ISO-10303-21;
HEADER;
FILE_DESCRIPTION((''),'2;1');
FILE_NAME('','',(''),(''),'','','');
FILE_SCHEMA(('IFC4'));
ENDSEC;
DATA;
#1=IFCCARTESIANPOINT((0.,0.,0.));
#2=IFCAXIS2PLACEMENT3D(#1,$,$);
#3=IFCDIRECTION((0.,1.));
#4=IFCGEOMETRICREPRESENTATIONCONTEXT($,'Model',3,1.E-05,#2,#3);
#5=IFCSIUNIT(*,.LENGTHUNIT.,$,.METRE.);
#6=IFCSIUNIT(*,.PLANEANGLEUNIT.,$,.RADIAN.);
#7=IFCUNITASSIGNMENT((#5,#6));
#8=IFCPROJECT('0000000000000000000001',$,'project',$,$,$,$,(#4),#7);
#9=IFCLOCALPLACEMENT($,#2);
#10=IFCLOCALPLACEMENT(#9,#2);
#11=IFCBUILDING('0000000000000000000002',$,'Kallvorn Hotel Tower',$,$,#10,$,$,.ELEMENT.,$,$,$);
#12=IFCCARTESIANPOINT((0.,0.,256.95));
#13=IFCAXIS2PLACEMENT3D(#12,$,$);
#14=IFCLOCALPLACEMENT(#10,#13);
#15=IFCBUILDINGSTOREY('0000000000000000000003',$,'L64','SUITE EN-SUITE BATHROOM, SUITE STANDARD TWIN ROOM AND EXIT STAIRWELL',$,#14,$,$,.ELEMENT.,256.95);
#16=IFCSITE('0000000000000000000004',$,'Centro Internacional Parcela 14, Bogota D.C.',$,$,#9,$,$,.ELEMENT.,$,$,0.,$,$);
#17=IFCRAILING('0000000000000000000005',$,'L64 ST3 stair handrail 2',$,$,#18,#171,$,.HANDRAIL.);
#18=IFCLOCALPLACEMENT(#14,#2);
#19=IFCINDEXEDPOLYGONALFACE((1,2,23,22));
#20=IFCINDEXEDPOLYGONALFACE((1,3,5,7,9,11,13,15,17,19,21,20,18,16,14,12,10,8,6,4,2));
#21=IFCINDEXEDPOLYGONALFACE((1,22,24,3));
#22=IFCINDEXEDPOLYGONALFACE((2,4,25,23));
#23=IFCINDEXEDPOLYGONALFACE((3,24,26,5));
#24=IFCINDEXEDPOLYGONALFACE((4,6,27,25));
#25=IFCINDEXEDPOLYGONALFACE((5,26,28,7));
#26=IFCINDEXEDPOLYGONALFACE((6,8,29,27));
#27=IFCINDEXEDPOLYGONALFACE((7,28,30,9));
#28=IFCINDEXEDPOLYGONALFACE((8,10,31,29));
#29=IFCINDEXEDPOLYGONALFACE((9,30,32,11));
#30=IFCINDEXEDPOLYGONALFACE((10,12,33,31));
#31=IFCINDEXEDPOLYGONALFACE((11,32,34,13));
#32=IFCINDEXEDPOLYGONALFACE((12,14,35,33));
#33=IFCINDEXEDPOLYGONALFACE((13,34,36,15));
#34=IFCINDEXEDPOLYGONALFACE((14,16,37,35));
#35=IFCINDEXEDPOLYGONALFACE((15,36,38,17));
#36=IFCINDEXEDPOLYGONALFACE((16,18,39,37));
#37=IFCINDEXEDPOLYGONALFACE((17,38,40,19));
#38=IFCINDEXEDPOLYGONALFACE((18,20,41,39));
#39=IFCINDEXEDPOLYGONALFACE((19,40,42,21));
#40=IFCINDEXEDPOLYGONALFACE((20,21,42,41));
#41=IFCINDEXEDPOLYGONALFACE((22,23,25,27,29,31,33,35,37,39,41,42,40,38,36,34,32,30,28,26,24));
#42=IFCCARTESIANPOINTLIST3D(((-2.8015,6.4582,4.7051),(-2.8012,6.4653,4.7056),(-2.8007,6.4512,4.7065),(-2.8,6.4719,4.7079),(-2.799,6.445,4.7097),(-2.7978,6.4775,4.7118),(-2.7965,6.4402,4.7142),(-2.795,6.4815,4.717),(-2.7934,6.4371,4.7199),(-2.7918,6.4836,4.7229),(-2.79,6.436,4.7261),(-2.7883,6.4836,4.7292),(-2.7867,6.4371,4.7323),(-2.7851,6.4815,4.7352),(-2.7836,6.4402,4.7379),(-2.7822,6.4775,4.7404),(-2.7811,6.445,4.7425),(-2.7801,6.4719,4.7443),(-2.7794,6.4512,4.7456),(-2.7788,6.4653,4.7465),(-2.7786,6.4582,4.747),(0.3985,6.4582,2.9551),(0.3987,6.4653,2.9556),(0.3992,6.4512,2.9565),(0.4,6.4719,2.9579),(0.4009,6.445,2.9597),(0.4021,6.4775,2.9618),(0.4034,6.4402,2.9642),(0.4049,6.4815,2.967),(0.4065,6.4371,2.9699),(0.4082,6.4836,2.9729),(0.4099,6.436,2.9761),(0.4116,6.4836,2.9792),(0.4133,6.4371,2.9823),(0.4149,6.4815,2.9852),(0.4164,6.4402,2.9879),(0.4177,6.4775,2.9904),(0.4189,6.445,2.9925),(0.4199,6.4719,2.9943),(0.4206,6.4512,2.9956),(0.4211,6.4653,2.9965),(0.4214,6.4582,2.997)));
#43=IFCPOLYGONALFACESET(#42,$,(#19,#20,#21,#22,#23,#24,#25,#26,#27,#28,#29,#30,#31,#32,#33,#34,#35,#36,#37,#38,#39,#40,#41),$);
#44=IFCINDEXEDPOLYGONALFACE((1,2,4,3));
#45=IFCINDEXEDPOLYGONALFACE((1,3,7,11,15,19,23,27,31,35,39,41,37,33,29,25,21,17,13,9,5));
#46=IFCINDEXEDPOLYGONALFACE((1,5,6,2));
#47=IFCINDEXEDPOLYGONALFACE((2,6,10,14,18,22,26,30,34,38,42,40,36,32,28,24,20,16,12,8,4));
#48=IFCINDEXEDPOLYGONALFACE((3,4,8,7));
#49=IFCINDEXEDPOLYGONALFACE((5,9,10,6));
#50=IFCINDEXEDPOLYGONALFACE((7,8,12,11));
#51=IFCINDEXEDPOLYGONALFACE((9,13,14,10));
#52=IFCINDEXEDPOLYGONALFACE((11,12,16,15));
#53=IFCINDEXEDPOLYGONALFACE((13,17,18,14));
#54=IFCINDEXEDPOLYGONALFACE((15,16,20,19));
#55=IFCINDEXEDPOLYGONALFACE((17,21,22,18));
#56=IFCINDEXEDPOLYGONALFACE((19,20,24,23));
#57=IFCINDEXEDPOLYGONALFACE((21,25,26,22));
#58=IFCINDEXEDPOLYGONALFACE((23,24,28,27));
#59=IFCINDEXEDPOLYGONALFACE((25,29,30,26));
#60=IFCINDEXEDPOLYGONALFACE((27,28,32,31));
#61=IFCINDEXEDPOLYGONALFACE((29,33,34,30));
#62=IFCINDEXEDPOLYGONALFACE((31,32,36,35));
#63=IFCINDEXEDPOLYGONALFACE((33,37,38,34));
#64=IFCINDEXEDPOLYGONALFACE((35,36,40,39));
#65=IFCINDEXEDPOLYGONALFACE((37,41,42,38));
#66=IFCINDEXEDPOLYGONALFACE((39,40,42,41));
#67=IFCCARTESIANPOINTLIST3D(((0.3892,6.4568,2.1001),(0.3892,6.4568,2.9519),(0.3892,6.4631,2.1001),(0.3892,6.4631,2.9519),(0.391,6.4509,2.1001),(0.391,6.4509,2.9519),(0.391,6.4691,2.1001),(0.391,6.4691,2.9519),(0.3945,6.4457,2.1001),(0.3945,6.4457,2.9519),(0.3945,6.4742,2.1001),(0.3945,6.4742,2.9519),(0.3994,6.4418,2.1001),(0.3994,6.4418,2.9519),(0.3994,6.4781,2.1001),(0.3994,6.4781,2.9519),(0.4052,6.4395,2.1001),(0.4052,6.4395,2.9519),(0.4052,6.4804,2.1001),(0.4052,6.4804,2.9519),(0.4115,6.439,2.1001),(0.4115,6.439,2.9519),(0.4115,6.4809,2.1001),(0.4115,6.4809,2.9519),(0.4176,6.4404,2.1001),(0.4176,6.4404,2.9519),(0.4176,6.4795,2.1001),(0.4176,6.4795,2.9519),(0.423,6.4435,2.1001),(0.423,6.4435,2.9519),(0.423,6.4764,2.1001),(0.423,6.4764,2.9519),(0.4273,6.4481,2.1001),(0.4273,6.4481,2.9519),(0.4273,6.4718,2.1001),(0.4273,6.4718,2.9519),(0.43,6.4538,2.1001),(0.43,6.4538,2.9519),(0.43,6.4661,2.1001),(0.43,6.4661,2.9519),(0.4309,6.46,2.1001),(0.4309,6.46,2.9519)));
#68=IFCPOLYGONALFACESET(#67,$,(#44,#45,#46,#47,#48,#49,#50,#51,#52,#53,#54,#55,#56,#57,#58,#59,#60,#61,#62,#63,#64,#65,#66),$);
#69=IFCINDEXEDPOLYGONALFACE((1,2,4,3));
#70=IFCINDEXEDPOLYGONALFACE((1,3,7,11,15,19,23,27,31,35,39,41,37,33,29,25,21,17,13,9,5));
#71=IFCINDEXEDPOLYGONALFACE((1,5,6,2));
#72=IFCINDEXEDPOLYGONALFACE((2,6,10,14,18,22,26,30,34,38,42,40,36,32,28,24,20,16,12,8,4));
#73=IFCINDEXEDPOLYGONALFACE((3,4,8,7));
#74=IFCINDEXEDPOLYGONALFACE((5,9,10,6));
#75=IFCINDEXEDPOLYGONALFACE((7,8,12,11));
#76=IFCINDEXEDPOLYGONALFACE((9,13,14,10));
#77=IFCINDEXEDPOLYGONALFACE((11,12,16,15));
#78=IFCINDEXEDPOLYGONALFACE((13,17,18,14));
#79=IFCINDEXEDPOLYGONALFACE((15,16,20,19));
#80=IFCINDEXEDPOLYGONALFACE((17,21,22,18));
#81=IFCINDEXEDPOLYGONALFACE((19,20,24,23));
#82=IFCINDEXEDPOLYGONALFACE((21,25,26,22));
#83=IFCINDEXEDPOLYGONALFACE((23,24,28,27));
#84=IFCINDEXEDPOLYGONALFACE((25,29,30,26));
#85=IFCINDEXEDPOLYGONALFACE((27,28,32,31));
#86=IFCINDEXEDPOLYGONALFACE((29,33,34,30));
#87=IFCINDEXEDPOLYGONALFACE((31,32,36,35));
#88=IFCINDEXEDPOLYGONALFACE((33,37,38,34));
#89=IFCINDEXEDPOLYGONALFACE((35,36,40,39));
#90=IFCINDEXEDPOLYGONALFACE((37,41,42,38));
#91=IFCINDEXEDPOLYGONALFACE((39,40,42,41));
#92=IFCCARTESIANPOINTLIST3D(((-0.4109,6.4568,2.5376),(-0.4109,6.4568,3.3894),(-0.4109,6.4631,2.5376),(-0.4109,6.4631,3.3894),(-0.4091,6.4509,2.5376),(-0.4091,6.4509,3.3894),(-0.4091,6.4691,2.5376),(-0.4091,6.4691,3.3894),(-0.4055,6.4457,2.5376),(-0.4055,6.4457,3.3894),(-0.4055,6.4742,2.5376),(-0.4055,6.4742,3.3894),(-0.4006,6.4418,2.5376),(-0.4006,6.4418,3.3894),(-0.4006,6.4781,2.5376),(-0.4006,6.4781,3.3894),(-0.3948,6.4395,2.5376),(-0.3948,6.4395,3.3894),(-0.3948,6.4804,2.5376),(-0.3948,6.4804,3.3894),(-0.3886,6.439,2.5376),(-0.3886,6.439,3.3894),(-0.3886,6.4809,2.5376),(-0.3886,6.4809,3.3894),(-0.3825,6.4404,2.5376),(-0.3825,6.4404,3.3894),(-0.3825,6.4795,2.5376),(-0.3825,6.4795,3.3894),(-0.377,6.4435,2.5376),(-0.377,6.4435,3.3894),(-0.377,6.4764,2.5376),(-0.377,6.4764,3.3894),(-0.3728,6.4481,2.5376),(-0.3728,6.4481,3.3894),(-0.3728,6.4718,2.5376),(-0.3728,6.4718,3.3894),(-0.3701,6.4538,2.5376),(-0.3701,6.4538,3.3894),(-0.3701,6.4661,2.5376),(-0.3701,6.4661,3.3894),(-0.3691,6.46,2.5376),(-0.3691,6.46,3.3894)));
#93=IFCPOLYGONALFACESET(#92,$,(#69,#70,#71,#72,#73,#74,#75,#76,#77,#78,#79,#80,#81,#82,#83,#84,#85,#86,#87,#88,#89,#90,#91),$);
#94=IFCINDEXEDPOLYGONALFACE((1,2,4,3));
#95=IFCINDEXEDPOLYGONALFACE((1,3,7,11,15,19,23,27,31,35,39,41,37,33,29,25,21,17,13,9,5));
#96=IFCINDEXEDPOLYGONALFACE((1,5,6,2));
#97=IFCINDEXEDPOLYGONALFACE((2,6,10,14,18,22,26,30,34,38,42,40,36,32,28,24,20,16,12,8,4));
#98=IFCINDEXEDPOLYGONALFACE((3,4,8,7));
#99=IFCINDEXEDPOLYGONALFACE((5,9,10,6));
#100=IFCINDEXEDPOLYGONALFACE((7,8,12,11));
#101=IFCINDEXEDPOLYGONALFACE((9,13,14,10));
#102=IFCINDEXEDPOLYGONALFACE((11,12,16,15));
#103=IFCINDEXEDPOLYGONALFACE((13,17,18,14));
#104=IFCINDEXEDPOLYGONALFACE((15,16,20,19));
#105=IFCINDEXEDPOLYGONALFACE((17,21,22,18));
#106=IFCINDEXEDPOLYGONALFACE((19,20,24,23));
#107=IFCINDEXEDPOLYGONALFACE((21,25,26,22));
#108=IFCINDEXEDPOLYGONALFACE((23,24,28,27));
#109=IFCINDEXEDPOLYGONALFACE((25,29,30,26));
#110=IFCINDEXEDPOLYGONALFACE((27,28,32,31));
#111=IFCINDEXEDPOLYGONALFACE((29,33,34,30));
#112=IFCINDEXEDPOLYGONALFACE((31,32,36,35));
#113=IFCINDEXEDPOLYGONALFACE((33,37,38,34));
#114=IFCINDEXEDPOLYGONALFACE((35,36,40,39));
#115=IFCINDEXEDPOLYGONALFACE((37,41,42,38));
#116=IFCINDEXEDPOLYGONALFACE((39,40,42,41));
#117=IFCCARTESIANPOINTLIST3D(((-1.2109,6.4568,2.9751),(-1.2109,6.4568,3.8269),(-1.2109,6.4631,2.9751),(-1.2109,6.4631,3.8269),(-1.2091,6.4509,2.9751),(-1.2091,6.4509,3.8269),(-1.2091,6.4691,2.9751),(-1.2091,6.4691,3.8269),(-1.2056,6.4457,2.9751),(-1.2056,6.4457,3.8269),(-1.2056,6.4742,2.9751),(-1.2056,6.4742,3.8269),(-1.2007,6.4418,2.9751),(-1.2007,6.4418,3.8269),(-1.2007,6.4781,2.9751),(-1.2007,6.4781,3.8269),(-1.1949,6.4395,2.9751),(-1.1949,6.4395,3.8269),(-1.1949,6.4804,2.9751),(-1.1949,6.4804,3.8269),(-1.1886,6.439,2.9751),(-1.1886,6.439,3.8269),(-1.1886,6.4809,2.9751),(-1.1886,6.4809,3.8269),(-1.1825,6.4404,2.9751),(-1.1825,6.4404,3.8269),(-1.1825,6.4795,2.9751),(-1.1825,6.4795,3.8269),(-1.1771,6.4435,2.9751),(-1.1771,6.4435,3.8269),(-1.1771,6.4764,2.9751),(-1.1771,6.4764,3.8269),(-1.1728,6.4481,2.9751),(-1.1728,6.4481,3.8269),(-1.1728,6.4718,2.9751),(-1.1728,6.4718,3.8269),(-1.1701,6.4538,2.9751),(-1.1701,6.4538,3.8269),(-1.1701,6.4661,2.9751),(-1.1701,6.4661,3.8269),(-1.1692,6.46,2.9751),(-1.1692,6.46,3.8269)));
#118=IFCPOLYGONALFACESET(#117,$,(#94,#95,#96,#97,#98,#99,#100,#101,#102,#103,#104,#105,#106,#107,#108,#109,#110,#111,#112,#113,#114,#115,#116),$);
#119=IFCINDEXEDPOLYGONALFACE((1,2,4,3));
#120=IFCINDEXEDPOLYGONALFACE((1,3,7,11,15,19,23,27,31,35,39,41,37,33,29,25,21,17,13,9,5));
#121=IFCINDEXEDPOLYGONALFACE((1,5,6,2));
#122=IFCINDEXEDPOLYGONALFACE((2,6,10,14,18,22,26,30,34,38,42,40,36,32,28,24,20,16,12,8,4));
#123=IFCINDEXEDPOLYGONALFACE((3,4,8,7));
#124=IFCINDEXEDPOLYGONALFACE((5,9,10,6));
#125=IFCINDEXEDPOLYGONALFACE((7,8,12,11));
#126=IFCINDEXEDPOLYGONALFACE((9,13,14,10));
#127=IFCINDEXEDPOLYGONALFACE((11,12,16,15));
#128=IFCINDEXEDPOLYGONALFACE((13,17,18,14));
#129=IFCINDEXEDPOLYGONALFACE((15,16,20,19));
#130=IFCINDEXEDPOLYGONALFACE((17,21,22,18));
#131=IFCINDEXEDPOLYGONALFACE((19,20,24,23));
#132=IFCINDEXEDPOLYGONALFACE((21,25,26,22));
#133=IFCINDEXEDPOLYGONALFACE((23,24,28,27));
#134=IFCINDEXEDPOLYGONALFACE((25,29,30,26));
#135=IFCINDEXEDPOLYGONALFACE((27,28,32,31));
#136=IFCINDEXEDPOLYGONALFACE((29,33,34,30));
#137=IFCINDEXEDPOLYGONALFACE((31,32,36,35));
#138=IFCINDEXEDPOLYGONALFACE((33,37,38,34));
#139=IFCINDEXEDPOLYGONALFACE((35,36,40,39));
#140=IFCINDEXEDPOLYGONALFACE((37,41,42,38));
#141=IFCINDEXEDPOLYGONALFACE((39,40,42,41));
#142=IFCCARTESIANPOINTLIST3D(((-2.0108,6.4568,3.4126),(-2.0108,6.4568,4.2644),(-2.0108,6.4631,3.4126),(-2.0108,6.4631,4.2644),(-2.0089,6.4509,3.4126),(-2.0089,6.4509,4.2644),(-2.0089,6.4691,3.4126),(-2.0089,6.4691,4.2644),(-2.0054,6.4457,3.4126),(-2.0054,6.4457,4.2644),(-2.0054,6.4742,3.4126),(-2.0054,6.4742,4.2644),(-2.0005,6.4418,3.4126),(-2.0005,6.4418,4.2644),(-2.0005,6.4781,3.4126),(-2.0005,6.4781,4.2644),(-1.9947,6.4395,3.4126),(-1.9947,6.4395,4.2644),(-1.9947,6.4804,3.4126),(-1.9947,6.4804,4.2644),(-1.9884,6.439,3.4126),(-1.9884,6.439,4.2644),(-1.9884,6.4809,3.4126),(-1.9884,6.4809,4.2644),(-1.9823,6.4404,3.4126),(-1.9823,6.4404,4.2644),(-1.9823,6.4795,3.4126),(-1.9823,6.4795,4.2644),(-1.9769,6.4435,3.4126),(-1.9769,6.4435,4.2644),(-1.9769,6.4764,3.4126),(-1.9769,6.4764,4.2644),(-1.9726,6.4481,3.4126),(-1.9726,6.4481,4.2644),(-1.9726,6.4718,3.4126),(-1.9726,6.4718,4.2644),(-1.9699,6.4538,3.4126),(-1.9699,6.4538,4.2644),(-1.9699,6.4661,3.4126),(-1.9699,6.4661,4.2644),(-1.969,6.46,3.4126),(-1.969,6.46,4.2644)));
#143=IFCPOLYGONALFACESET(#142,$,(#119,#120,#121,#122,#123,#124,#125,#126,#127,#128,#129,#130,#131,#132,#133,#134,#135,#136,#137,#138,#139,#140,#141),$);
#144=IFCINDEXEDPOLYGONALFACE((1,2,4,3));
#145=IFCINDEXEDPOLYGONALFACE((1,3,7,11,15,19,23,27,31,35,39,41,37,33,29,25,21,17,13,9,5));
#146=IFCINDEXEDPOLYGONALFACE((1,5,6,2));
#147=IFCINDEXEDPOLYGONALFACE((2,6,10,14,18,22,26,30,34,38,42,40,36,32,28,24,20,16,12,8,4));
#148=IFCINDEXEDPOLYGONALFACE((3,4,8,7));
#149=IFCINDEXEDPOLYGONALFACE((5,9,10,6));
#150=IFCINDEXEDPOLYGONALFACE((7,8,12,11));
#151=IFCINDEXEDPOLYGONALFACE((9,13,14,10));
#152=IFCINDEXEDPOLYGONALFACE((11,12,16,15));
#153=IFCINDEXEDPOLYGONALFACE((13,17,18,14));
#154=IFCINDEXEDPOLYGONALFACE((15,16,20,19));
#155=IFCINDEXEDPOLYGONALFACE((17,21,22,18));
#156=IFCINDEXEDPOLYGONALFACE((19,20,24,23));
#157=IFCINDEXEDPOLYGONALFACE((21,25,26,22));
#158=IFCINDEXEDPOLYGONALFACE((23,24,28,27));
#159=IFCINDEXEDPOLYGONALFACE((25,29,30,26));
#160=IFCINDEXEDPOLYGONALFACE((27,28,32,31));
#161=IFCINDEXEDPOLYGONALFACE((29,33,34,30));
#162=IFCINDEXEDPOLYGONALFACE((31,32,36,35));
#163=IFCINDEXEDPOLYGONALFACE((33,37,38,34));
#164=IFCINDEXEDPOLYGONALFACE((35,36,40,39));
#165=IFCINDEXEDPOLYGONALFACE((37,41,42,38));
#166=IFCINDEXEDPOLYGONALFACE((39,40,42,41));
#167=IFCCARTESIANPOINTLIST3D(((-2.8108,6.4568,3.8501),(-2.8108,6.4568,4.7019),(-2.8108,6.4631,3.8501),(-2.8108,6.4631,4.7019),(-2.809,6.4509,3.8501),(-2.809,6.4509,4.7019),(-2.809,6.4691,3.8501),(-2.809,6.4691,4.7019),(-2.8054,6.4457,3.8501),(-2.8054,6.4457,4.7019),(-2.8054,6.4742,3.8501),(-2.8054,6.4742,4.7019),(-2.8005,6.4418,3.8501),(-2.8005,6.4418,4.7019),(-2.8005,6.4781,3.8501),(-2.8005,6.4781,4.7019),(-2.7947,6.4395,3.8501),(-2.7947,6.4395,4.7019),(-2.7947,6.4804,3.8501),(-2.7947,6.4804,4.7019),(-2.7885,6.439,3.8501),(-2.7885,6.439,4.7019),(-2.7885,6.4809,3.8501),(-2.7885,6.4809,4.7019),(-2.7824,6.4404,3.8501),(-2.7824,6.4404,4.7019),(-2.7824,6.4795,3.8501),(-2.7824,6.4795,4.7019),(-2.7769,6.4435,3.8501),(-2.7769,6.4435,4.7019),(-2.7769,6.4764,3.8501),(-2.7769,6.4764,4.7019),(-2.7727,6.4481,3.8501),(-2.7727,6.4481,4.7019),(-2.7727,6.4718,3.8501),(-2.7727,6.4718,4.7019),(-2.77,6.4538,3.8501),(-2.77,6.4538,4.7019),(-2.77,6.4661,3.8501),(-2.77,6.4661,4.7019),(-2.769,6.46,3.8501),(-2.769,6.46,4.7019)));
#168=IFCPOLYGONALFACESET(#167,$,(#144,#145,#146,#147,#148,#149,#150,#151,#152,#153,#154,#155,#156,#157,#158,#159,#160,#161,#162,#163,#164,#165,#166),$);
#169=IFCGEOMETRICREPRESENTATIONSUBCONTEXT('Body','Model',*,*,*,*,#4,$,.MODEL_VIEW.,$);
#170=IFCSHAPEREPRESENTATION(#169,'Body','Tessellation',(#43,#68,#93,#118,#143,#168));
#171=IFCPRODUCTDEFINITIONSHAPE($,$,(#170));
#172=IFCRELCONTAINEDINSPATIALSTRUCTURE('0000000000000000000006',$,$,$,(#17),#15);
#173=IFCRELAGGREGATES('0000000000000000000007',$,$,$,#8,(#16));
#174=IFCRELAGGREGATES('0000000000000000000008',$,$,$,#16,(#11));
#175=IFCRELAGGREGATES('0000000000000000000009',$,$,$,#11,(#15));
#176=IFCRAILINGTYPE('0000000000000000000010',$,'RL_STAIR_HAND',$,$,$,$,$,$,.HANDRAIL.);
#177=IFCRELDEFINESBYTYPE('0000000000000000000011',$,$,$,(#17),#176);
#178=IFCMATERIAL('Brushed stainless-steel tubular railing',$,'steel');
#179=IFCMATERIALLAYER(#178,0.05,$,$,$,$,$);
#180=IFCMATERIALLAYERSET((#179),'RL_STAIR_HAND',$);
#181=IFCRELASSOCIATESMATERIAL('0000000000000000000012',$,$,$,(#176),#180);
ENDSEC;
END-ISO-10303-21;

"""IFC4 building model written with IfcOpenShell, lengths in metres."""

from ifc_helpers import new_model, si_unit, direction, frame, origin, origin_2d, place, context, subcontext, project, spatial, circle, extrude, material, layer, layer_set, type_object, element, save


model = new_model("IFC4")

# Units and contexts
model_context = context("Model", 3, precision=1e-05, world=origin(), true_north=direction((0.0, 1.0)))
body_context = subcontext(model_context, "Body", "Model", "MODEL_VIEW")
ifc_project = project(units=[si_unit("LENGTHUNIT", "METRE"), si_unit("PLANEANGLEUNIT", "RADIAN")], contexts=[model_context])

# Site, building, storey
site_placement = place(None, origin())
site = spatial("IfcSite", under=ifc_project, at=site_placement, Name="Centro Internacional Parcela 14, Bogota D.C.", CompositionType="ELEMENT", RefElevation=0.0)
building_placement = place(site_placement, origin())
building = spatial("IfcBuilding", under=site, at=building_placement, Name="Kallvorn Hotel Tower", CompositionType="ELEMENT")
storey_placement = place(building_placement, frame((0.0, 0.0, 256.95)))
storey = spatial("IfcBuildingStorey", under=building, at=storey_placement, Name="L64", Description="SUITE EN-SUITE BATHROOM, SUITE STANDARD TWIN ROOM AND EXIT STAIRWELL", CompositionType="ELEMENT", Elevation=256.95)

# Railing
ifc_material_1 = material(Name="Brushed stainless-steel tubular railing", Category="steel")
ifc_layer_1 = layer(ifc_material_1, 0.05)
ifc_layer_set_1 = layer_set([ifc_layer_1], Name="RL_STAIR_HAND")
railing_type_1 = type_object("IfcRailingType", Name="RL_STAIR_HAND", PredefinedType="HANDRAIL", material=ifc_layer_set_1)
railing_1_placement = place(storey_placement, frame((0.4099, 6.46, 2.1001)))
element("IfcRailing", 1, at=railing_1_placement, inside=storey, type_object=railing_type_1, Name="L64 ST3 stair handrail 2", PredefinedType="HANDRAIL", context=body_context, shape_type="SweptSolid", body=[
    extrude(circle(Radius=0.0239, at=origin_2d()), frame((0.0, 0.0, 0.876), z_axis=(-0.877368, 0.0, 0.479818), x_axis=(0.0, -1.0, 0.0)), (0.0, 0.0, 1.0), 3.6472),
    extrude(circle(Radius=0.021, at=origin_2d()), origin(), (0.0, 0.0, 1.0), 0.8518),
    extrude(circle(Radius=0.021, at=origin_2d()), frame((-0.8, 0.0, 0.4375)), (0.0, 0.0, 1.0), 0.8518),
    extrude(circle(Radius=0.021, at=origin_2d()), frame((-1.6001, 0.0, 0.875)), (0.0, 0.0, 1.0), 0.8518),
    extrude(circle(Radius=0.021, at=origin_2d()), frame((-2.3999, 0.0, 1.3125)), (0.0, 0.0, 1.0), 0.8518),
    extrude(circle(Radius=0.021, at=origin_2d()), frame((-3.2, 0.0, 1.75)), (0.0, 0.0, 1.0), 0.8518),
])

save(model, "model.ifc")
